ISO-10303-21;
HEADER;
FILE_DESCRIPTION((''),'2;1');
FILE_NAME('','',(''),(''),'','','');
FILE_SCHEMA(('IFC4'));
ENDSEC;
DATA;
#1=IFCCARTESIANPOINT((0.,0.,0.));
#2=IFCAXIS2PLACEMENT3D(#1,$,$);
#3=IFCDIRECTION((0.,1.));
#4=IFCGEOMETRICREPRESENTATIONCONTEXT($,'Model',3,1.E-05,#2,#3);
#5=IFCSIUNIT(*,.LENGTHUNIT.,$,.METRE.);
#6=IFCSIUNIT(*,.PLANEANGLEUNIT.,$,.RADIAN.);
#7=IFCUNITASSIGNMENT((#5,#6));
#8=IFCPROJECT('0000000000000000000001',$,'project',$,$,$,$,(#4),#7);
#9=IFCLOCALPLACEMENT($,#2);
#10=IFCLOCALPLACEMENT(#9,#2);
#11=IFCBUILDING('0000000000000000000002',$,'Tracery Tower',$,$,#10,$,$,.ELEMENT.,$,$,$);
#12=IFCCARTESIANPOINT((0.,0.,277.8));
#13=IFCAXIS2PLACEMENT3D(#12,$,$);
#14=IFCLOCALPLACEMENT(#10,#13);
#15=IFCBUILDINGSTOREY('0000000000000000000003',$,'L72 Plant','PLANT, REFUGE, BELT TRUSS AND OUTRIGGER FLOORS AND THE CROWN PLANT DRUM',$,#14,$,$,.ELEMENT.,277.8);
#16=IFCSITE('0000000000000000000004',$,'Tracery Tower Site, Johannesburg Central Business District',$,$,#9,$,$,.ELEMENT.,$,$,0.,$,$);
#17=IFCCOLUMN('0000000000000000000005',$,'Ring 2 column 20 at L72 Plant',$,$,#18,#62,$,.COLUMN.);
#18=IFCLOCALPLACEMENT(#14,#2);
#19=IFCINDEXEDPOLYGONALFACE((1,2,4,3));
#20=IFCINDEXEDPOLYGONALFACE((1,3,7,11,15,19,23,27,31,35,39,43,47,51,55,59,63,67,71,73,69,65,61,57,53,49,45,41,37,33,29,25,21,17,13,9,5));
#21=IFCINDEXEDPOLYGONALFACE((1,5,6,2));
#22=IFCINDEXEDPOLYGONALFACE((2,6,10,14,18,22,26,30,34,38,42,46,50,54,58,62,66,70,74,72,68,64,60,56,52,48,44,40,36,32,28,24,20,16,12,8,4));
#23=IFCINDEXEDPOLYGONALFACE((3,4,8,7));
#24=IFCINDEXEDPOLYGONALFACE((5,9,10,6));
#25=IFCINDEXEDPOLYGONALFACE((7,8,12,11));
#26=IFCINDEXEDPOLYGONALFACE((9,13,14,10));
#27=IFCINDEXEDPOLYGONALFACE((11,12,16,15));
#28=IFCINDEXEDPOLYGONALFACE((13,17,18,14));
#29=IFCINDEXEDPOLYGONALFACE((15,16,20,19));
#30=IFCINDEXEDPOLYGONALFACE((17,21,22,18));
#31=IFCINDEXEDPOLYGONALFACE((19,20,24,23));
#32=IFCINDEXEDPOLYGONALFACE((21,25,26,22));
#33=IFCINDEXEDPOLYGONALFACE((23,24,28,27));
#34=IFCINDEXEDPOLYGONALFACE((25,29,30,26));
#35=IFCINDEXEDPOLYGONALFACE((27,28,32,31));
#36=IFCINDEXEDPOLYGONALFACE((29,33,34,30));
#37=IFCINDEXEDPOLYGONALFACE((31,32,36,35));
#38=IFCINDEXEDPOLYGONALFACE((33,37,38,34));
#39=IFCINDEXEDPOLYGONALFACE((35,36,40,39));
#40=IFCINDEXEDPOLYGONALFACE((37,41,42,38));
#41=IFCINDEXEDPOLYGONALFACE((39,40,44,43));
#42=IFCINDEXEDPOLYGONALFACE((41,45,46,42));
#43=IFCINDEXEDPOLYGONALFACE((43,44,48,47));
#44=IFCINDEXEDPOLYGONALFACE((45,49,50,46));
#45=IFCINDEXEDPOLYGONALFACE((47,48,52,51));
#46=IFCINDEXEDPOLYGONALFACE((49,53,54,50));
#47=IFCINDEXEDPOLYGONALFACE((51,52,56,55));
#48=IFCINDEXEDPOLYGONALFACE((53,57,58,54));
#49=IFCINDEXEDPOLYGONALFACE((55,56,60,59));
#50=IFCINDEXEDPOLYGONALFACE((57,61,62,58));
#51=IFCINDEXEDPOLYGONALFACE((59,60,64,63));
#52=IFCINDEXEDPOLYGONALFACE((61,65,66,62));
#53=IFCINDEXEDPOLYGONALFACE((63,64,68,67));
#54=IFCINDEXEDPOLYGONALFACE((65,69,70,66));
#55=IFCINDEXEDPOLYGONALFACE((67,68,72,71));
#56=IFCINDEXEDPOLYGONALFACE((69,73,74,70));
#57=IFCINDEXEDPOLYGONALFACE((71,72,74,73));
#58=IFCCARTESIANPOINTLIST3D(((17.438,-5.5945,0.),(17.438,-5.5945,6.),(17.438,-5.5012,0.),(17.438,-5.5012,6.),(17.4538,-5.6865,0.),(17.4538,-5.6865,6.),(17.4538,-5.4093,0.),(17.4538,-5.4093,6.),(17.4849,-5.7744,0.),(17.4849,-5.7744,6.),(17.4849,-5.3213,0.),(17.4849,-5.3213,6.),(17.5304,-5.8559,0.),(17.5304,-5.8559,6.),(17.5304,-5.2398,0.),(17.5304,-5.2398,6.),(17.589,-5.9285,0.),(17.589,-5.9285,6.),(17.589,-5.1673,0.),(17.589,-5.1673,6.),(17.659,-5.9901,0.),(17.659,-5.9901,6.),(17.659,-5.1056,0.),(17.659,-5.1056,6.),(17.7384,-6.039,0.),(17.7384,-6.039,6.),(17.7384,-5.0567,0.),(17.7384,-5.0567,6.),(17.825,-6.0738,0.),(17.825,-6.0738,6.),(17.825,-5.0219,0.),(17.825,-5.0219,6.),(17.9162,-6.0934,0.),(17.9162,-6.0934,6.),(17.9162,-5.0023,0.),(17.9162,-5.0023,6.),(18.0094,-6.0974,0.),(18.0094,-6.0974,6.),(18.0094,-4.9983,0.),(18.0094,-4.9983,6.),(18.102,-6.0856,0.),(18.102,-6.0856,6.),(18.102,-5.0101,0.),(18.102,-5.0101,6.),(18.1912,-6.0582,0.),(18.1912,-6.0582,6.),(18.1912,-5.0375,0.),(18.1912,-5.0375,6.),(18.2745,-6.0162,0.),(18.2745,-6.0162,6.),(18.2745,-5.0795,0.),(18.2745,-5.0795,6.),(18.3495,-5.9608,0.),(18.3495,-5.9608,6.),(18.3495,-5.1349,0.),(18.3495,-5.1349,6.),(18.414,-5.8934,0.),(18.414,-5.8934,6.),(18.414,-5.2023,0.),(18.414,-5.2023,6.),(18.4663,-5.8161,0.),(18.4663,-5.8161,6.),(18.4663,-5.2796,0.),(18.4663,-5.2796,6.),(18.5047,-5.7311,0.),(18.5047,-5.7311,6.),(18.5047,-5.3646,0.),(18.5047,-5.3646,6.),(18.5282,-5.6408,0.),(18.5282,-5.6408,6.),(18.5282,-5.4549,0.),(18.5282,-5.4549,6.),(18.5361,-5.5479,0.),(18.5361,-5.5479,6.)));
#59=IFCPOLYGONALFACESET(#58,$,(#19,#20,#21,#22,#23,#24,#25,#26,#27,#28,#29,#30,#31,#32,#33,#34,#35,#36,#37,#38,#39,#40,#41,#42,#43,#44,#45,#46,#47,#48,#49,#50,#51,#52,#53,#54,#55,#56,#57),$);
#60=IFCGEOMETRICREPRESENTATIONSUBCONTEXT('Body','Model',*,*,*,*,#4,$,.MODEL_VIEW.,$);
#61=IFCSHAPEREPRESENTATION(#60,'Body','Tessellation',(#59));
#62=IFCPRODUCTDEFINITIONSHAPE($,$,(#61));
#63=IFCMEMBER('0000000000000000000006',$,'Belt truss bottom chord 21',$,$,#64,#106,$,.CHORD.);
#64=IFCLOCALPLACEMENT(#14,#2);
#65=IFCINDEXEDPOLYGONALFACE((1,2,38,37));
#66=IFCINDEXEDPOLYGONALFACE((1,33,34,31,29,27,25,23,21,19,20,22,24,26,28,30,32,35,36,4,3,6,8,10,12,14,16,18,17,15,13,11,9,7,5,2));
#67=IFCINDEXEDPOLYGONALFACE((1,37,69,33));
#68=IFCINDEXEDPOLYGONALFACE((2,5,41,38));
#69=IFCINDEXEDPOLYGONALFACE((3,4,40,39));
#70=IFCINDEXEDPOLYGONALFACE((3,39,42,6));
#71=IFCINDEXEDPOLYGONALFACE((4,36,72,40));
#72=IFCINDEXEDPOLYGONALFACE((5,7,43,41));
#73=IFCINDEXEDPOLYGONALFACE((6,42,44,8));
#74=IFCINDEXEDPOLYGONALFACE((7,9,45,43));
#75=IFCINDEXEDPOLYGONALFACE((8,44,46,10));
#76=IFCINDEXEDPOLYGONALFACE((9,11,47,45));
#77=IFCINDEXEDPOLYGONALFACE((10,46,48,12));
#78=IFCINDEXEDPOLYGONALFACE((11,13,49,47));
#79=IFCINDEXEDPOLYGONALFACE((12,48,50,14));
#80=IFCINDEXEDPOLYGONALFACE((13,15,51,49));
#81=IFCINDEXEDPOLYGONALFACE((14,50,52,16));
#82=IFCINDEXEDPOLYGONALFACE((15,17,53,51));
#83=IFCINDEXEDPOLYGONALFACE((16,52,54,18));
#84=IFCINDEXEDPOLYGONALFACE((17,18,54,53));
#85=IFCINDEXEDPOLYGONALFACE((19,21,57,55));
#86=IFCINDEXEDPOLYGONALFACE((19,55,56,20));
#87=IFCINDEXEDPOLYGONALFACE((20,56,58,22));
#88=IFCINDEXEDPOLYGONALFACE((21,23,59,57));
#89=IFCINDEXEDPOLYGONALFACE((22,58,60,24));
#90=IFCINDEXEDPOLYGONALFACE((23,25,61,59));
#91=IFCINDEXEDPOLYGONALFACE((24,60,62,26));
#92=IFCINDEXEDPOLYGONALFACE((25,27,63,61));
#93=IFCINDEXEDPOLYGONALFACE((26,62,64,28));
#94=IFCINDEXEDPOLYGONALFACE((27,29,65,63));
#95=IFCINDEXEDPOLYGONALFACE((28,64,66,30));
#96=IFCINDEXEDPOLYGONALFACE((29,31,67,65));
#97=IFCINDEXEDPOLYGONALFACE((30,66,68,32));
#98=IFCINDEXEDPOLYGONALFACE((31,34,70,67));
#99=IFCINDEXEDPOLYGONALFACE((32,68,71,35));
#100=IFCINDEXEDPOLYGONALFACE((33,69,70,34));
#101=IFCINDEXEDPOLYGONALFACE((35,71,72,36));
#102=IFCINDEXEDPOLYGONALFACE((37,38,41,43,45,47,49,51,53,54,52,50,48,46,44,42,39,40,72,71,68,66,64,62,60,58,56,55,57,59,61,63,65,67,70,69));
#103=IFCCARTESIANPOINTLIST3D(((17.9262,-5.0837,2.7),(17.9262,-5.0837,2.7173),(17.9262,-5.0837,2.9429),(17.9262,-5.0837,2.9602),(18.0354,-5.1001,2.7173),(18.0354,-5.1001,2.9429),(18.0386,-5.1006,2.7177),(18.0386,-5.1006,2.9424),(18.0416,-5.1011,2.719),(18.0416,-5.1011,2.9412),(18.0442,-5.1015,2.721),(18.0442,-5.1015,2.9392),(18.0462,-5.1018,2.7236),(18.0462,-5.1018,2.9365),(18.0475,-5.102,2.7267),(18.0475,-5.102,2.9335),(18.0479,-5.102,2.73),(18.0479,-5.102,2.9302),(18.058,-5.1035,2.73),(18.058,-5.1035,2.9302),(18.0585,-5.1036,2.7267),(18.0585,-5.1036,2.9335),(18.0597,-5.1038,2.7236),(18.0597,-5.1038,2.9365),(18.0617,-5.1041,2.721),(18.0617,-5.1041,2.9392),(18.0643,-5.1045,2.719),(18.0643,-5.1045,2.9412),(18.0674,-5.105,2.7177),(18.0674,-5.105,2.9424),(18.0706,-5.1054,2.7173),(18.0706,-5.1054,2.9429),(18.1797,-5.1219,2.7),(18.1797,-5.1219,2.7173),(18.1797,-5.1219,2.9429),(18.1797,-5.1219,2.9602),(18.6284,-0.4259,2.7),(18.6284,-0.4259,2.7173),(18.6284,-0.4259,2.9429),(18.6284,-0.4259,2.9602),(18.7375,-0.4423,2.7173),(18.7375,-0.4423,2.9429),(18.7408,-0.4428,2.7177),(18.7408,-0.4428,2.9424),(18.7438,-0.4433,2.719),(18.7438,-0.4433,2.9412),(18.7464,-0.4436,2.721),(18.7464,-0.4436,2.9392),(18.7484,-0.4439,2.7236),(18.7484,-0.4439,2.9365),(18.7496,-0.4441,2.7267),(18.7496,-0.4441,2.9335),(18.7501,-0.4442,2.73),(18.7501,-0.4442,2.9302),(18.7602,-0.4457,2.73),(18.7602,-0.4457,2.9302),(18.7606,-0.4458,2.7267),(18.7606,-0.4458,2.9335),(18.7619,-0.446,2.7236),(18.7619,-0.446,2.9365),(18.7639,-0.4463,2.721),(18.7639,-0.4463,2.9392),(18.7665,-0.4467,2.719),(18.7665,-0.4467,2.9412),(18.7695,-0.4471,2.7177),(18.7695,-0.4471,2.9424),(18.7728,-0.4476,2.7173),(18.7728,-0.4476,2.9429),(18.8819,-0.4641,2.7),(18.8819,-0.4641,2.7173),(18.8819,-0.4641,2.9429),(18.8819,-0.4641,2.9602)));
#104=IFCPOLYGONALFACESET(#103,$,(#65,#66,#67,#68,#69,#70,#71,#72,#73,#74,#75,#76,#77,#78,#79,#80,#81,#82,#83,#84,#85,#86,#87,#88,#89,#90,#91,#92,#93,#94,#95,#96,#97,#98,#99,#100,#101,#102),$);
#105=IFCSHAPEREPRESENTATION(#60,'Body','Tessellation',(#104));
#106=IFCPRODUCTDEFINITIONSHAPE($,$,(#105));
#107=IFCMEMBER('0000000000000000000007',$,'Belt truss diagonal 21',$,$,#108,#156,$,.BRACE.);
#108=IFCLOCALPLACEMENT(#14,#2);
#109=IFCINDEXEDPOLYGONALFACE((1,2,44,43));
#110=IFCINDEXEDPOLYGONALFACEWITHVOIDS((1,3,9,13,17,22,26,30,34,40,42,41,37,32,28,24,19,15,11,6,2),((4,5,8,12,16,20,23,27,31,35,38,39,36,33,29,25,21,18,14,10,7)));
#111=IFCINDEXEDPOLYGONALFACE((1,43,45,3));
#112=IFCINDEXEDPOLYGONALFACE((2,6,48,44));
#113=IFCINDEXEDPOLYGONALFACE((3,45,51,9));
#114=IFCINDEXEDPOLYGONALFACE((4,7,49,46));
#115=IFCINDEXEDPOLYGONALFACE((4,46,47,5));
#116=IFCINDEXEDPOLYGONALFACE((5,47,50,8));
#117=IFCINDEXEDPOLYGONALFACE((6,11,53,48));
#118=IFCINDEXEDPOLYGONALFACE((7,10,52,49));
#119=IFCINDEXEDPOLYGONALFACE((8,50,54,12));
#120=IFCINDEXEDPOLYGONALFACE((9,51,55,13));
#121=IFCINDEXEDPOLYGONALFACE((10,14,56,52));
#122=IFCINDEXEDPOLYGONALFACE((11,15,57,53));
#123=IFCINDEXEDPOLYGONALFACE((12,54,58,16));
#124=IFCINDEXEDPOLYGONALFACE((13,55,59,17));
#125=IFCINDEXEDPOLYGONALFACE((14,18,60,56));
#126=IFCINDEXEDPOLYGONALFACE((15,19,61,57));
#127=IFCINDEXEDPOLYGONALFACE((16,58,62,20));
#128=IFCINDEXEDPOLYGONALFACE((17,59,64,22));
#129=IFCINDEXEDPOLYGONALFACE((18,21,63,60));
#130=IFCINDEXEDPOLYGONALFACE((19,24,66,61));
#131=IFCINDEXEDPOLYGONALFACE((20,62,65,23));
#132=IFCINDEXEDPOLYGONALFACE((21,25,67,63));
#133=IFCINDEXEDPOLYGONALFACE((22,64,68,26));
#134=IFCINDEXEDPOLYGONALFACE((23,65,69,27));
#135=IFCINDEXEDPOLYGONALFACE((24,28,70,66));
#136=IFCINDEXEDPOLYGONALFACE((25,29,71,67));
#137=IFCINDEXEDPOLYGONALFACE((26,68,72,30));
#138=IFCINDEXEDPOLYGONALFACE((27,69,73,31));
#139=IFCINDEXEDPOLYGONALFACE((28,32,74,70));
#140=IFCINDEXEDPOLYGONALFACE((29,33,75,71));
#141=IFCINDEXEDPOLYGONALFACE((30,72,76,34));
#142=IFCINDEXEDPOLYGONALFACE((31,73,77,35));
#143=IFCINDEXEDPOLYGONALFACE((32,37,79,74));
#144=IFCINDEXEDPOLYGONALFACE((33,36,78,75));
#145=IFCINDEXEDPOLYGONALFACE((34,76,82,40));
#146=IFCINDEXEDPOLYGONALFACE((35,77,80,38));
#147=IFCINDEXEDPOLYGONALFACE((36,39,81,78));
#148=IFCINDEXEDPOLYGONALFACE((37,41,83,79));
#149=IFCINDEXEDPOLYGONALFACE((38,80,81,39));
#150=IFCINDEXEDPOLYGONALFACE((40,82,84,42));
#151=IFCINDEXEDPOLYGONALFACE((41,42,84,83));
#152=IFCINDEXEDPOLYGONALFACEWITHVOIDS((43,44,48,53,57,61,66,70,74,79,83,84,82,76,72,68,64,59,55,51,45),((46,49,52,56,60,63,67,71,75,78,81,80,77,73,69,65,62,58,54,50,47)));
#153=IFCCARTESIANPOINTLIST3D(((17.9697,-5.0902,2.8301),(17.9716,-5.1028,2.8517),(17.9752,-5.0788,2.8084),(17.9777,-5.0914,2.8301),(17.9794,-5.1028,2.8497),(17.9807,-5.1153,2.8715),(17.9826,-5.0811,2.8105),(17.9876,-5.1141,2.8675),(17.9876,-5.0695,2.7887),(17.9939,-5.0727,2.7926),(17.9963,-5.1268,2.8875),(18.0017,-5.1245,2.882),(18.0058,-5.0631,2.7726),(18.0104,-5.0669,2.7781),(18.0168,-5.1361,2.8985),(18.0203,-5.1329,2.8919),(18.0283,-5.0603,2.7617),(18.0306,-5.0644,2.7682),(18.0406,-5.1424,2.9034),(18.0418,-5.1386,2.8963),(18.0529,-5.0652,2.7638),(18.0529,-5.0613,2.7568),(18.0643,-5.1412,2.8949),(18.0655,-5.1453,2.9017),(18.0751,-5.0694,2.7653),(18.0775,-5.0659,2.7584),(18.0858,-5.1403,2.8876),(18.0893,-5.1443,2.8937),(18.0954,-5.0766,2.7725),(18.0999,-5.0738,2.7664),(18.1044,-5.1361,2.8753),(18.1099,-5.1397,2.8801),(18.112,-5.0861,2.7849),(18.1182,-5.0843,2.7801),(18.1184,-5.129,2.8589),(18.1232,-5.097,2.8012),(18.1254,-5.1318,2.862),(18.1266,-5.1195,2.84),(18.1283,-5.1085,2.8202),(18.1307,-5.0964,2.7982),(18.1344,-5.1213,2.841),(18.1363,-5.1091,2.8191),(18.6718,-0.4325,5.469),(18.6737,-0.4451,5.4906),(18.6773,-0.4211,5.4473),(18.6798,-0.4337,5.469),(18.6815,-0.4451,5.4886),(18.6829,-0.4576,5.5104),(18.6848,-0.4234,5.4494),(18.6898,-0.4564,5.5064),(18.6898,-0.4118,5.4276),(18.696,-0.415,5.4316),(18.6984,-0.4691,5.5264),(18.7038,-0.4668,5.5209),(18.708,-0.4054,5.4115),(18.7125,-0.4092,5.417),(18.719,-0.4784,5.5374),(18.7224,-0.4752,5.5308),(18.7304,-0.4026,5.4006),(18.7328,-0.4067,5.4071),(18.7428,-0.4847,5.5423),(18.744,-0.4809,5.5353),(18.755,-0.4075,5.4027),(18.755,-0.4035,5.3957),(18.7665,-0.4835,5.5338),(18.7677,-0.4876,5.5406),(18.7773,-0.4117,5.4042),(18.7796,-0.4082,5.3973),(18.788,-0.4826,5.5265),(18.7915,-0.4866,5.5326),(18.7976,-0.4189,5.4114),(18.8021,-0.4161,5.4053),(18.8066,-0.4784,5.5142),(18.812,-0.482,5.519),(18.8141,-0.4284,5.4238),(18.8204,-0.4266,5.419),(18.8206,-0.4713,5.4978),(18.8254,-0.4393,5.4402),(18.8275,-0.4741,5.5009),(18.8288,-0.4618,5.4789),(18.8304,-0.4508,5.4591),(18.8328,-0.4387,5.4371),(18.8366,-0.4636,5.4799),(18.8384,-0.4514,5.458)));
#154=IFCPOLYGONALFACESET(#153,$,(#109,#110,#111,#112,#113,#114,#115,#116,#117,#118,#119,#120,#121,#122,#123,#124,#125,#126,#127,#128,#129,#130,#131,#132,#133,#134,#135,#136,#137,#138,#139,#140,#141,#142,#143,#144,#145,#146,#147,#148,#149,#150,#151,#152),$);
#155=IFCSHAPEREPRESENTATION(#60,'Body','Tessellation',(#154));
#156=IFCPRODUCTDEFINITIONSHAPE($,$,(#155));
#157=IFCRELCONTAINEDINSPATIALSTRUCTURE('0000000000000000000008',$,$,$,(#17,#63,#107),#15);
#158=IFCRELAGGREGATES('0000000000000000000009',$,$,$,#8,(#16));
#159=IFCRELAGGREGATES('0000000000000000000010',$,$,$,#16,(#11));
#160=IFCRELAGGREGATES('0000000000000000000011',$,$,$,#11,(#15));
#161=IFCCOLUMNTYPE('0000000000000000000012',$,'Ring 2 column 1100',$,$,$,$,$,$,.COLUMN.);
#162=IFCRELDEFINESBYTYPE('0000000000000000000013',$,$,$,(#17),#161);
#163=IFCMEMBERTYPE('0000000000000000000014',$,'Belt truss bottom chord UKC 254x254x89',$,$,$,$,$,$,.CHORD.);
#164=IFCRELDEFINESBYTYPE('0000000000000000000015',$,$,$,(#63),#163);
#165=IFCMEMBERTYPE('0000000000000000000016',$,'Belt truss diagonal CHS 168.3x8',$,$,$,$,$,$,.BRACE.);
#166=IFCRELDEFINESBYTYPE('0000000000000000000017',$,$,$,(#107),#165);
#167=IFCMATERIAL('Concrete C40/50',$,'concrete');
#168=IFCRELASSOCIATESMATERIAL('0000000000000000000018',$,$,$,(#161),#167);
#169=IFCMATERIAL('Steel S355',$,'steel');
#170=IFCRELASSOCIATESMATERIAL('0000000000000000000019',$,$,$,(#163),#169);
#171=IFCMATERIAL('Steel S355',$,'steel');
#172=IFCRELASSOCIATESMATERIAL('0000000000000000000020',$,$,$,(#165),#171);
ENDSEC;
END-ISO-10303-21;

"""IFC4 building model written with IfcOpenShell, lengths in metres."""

from ifc_helpers import new_model, si_unit, direction, frame, origin, origin_2d, place, context, subcontext, project, spatial, circle, hollow_circle, i_section, extrude, material, material_profile, profile_set, type_object, element, save


model = new_model("IFC4")

# Units and contexts
model_context = context("Model", 3, precision=1e-05, world=origin(), true_north=direction((0.0, 1.0)))
body_context = subcontext(model_context, "Body", "Model", "MODEL_VIEW")
ifc_project = project(units=[si_unit("LENGTHUNIT", "METRE"), si_unit("PLANEANGLEUNIT", "RADIAN")], contexts=[model_context])

# Site, building, storey
site_placement = place(None, origin())
site = spatial("IfcSite", under=ifc_project, at=site_placement, Name="Tracery Tower Site, Johannesburg Central Business District", CompositionType="ELEMENT", RefElevation=0.0)
building_placement = place(site_placement, origin())
building = spatial("IfcBuilding", under=site, at=building_placement, Name="Tracery Tower", CompositionType="ELEMENT")
storey_placement = place(building_placement, frame((0.0, 0.0, 277.8)))
storey = spatial("IfcBuildingStorey", under=building, at=storey_placement, Name="L72 Plant", Description="PLANT, REFUGE, BELT TRUSS AND OUTRIGGER FLOORS AND THE CROWN PLANT DRUM", CompositionType="ELEMENT", Elevation=277.8)

# Column
ifc_material_1 = material(Name="Concrete C40/50", Category="concrete")
ifc_material_profile_1 = material_profile(ifc_material_1, circle(Radius=0.55, at=origin_2d()), Name="RC D1100")
ifc_profile_set_1 = profile_set([ifc_material_profile_1], Name="Concrete C40/50")
column_type = type_object("IfcColumnType", Name="Ring 2 column 1100", PredefinedType="COLUMN", material=ifc_profile_set_1)
column_placement = place(storey_placement, frame((17.9861, -5.5479, 0.0), z_axis=(0.0, 0.0, 1.0), x_axis=(1.0, 0.0, 0.0)))
element("IfcColumn", 1, at=column_placement, inside=storey, type_object=column_type, Name="Ring 2 column 20 at L72 Plant", PredefinedType="COLUMN", context=body_context, shape_type="SweptSolid", body=[
    extrude(circle(Radius=0.55, at=origin_2d()), origin(), (0.0, 0.0, 1.0), 6.0),
])

# Members
ifc_material_2 = material(Name="Steel S355", Category="steel")
ifc_material_profile_2 = material_profile(ifc_material_2, i_section(OverallWidth=0.2563, OverallDepth=0.2603, WebThickness=0.0103, FlangeThickness=0.0173, FilletRadius=0.0127, at=origin_2d()), Name="UKC 254x254x89")
ifc_profile_set_2 = profile_set([ifc_material_profile_2], Name="Steel S355")
member_type_1 = type_object("IfcMemberType", Name="Belt truss bottom chord UKC 254x254x89", PredefinedType="CHORD", material=ifc_profile_set_2)
member_1_placement = place(storey_placement, frame((18.053, -5.1028, 2.8301), z_axis=(0.149065, 0.988827, 0.0), x_axis=(-0.988827, 0.149065, 0.0)))
element("IfcMember", 2, at=member_1_placement, inside=storey, type_object=member_type_1, Name="Belt truss bottom chord 21", PredefinedType="CHORD", context=body_context, shape_type="SweptSolid", body=[
    extrude(i_section(OverallWidth=0.2563, OverallDepth=0.2603, WebThickness=0.0103, FlangeThickness=0.0173, FilletRadius=0.0127, at=origin_2d()), origin(), (0.0, 0.0, 1.0), 4.7104),
])
ifc_material_3 = material(Name="Steel S355", Category="steel")
ifc_material_profile_3 = material_profile(ifc_material_3, hollow_circle(Radius=0.0842, WallThickness=0.0081, at=origin_2d()), Name="CHS 168.3x8")
ifc_profile_set_3 = profile_set([ifc_material_profile_3], Name="Steel S355")
member_type_2 = type_object("IfcMemberType", Name="Belt truss diagonal CHS 168.3x8", PredefinedType="BRACE", material=ifc_profile_set_3)
member_2_placement = place(storey_placement, frame((18.053, -5.1028, 2.8301), z_axis=(0.130047, 0.86267, 0.488762), x_axis=(-0.988827, 0.149065, 0.0)))
element("IfcMember", 3, at=member_2_placement, inside=storey, type_object=member_type_2, Name="Belt truss diagonal 21", PredefinedType="BRACE", context=body_context, shape_type="SweptSolid", body=[
    extrude(hollow_circle(Radius=0.0842, WallThickness=0.0081, at=origin_2d()), origin(), (0.0, 0.0, 1.0), 5.3992),
])

save(model, "model.ifc")
